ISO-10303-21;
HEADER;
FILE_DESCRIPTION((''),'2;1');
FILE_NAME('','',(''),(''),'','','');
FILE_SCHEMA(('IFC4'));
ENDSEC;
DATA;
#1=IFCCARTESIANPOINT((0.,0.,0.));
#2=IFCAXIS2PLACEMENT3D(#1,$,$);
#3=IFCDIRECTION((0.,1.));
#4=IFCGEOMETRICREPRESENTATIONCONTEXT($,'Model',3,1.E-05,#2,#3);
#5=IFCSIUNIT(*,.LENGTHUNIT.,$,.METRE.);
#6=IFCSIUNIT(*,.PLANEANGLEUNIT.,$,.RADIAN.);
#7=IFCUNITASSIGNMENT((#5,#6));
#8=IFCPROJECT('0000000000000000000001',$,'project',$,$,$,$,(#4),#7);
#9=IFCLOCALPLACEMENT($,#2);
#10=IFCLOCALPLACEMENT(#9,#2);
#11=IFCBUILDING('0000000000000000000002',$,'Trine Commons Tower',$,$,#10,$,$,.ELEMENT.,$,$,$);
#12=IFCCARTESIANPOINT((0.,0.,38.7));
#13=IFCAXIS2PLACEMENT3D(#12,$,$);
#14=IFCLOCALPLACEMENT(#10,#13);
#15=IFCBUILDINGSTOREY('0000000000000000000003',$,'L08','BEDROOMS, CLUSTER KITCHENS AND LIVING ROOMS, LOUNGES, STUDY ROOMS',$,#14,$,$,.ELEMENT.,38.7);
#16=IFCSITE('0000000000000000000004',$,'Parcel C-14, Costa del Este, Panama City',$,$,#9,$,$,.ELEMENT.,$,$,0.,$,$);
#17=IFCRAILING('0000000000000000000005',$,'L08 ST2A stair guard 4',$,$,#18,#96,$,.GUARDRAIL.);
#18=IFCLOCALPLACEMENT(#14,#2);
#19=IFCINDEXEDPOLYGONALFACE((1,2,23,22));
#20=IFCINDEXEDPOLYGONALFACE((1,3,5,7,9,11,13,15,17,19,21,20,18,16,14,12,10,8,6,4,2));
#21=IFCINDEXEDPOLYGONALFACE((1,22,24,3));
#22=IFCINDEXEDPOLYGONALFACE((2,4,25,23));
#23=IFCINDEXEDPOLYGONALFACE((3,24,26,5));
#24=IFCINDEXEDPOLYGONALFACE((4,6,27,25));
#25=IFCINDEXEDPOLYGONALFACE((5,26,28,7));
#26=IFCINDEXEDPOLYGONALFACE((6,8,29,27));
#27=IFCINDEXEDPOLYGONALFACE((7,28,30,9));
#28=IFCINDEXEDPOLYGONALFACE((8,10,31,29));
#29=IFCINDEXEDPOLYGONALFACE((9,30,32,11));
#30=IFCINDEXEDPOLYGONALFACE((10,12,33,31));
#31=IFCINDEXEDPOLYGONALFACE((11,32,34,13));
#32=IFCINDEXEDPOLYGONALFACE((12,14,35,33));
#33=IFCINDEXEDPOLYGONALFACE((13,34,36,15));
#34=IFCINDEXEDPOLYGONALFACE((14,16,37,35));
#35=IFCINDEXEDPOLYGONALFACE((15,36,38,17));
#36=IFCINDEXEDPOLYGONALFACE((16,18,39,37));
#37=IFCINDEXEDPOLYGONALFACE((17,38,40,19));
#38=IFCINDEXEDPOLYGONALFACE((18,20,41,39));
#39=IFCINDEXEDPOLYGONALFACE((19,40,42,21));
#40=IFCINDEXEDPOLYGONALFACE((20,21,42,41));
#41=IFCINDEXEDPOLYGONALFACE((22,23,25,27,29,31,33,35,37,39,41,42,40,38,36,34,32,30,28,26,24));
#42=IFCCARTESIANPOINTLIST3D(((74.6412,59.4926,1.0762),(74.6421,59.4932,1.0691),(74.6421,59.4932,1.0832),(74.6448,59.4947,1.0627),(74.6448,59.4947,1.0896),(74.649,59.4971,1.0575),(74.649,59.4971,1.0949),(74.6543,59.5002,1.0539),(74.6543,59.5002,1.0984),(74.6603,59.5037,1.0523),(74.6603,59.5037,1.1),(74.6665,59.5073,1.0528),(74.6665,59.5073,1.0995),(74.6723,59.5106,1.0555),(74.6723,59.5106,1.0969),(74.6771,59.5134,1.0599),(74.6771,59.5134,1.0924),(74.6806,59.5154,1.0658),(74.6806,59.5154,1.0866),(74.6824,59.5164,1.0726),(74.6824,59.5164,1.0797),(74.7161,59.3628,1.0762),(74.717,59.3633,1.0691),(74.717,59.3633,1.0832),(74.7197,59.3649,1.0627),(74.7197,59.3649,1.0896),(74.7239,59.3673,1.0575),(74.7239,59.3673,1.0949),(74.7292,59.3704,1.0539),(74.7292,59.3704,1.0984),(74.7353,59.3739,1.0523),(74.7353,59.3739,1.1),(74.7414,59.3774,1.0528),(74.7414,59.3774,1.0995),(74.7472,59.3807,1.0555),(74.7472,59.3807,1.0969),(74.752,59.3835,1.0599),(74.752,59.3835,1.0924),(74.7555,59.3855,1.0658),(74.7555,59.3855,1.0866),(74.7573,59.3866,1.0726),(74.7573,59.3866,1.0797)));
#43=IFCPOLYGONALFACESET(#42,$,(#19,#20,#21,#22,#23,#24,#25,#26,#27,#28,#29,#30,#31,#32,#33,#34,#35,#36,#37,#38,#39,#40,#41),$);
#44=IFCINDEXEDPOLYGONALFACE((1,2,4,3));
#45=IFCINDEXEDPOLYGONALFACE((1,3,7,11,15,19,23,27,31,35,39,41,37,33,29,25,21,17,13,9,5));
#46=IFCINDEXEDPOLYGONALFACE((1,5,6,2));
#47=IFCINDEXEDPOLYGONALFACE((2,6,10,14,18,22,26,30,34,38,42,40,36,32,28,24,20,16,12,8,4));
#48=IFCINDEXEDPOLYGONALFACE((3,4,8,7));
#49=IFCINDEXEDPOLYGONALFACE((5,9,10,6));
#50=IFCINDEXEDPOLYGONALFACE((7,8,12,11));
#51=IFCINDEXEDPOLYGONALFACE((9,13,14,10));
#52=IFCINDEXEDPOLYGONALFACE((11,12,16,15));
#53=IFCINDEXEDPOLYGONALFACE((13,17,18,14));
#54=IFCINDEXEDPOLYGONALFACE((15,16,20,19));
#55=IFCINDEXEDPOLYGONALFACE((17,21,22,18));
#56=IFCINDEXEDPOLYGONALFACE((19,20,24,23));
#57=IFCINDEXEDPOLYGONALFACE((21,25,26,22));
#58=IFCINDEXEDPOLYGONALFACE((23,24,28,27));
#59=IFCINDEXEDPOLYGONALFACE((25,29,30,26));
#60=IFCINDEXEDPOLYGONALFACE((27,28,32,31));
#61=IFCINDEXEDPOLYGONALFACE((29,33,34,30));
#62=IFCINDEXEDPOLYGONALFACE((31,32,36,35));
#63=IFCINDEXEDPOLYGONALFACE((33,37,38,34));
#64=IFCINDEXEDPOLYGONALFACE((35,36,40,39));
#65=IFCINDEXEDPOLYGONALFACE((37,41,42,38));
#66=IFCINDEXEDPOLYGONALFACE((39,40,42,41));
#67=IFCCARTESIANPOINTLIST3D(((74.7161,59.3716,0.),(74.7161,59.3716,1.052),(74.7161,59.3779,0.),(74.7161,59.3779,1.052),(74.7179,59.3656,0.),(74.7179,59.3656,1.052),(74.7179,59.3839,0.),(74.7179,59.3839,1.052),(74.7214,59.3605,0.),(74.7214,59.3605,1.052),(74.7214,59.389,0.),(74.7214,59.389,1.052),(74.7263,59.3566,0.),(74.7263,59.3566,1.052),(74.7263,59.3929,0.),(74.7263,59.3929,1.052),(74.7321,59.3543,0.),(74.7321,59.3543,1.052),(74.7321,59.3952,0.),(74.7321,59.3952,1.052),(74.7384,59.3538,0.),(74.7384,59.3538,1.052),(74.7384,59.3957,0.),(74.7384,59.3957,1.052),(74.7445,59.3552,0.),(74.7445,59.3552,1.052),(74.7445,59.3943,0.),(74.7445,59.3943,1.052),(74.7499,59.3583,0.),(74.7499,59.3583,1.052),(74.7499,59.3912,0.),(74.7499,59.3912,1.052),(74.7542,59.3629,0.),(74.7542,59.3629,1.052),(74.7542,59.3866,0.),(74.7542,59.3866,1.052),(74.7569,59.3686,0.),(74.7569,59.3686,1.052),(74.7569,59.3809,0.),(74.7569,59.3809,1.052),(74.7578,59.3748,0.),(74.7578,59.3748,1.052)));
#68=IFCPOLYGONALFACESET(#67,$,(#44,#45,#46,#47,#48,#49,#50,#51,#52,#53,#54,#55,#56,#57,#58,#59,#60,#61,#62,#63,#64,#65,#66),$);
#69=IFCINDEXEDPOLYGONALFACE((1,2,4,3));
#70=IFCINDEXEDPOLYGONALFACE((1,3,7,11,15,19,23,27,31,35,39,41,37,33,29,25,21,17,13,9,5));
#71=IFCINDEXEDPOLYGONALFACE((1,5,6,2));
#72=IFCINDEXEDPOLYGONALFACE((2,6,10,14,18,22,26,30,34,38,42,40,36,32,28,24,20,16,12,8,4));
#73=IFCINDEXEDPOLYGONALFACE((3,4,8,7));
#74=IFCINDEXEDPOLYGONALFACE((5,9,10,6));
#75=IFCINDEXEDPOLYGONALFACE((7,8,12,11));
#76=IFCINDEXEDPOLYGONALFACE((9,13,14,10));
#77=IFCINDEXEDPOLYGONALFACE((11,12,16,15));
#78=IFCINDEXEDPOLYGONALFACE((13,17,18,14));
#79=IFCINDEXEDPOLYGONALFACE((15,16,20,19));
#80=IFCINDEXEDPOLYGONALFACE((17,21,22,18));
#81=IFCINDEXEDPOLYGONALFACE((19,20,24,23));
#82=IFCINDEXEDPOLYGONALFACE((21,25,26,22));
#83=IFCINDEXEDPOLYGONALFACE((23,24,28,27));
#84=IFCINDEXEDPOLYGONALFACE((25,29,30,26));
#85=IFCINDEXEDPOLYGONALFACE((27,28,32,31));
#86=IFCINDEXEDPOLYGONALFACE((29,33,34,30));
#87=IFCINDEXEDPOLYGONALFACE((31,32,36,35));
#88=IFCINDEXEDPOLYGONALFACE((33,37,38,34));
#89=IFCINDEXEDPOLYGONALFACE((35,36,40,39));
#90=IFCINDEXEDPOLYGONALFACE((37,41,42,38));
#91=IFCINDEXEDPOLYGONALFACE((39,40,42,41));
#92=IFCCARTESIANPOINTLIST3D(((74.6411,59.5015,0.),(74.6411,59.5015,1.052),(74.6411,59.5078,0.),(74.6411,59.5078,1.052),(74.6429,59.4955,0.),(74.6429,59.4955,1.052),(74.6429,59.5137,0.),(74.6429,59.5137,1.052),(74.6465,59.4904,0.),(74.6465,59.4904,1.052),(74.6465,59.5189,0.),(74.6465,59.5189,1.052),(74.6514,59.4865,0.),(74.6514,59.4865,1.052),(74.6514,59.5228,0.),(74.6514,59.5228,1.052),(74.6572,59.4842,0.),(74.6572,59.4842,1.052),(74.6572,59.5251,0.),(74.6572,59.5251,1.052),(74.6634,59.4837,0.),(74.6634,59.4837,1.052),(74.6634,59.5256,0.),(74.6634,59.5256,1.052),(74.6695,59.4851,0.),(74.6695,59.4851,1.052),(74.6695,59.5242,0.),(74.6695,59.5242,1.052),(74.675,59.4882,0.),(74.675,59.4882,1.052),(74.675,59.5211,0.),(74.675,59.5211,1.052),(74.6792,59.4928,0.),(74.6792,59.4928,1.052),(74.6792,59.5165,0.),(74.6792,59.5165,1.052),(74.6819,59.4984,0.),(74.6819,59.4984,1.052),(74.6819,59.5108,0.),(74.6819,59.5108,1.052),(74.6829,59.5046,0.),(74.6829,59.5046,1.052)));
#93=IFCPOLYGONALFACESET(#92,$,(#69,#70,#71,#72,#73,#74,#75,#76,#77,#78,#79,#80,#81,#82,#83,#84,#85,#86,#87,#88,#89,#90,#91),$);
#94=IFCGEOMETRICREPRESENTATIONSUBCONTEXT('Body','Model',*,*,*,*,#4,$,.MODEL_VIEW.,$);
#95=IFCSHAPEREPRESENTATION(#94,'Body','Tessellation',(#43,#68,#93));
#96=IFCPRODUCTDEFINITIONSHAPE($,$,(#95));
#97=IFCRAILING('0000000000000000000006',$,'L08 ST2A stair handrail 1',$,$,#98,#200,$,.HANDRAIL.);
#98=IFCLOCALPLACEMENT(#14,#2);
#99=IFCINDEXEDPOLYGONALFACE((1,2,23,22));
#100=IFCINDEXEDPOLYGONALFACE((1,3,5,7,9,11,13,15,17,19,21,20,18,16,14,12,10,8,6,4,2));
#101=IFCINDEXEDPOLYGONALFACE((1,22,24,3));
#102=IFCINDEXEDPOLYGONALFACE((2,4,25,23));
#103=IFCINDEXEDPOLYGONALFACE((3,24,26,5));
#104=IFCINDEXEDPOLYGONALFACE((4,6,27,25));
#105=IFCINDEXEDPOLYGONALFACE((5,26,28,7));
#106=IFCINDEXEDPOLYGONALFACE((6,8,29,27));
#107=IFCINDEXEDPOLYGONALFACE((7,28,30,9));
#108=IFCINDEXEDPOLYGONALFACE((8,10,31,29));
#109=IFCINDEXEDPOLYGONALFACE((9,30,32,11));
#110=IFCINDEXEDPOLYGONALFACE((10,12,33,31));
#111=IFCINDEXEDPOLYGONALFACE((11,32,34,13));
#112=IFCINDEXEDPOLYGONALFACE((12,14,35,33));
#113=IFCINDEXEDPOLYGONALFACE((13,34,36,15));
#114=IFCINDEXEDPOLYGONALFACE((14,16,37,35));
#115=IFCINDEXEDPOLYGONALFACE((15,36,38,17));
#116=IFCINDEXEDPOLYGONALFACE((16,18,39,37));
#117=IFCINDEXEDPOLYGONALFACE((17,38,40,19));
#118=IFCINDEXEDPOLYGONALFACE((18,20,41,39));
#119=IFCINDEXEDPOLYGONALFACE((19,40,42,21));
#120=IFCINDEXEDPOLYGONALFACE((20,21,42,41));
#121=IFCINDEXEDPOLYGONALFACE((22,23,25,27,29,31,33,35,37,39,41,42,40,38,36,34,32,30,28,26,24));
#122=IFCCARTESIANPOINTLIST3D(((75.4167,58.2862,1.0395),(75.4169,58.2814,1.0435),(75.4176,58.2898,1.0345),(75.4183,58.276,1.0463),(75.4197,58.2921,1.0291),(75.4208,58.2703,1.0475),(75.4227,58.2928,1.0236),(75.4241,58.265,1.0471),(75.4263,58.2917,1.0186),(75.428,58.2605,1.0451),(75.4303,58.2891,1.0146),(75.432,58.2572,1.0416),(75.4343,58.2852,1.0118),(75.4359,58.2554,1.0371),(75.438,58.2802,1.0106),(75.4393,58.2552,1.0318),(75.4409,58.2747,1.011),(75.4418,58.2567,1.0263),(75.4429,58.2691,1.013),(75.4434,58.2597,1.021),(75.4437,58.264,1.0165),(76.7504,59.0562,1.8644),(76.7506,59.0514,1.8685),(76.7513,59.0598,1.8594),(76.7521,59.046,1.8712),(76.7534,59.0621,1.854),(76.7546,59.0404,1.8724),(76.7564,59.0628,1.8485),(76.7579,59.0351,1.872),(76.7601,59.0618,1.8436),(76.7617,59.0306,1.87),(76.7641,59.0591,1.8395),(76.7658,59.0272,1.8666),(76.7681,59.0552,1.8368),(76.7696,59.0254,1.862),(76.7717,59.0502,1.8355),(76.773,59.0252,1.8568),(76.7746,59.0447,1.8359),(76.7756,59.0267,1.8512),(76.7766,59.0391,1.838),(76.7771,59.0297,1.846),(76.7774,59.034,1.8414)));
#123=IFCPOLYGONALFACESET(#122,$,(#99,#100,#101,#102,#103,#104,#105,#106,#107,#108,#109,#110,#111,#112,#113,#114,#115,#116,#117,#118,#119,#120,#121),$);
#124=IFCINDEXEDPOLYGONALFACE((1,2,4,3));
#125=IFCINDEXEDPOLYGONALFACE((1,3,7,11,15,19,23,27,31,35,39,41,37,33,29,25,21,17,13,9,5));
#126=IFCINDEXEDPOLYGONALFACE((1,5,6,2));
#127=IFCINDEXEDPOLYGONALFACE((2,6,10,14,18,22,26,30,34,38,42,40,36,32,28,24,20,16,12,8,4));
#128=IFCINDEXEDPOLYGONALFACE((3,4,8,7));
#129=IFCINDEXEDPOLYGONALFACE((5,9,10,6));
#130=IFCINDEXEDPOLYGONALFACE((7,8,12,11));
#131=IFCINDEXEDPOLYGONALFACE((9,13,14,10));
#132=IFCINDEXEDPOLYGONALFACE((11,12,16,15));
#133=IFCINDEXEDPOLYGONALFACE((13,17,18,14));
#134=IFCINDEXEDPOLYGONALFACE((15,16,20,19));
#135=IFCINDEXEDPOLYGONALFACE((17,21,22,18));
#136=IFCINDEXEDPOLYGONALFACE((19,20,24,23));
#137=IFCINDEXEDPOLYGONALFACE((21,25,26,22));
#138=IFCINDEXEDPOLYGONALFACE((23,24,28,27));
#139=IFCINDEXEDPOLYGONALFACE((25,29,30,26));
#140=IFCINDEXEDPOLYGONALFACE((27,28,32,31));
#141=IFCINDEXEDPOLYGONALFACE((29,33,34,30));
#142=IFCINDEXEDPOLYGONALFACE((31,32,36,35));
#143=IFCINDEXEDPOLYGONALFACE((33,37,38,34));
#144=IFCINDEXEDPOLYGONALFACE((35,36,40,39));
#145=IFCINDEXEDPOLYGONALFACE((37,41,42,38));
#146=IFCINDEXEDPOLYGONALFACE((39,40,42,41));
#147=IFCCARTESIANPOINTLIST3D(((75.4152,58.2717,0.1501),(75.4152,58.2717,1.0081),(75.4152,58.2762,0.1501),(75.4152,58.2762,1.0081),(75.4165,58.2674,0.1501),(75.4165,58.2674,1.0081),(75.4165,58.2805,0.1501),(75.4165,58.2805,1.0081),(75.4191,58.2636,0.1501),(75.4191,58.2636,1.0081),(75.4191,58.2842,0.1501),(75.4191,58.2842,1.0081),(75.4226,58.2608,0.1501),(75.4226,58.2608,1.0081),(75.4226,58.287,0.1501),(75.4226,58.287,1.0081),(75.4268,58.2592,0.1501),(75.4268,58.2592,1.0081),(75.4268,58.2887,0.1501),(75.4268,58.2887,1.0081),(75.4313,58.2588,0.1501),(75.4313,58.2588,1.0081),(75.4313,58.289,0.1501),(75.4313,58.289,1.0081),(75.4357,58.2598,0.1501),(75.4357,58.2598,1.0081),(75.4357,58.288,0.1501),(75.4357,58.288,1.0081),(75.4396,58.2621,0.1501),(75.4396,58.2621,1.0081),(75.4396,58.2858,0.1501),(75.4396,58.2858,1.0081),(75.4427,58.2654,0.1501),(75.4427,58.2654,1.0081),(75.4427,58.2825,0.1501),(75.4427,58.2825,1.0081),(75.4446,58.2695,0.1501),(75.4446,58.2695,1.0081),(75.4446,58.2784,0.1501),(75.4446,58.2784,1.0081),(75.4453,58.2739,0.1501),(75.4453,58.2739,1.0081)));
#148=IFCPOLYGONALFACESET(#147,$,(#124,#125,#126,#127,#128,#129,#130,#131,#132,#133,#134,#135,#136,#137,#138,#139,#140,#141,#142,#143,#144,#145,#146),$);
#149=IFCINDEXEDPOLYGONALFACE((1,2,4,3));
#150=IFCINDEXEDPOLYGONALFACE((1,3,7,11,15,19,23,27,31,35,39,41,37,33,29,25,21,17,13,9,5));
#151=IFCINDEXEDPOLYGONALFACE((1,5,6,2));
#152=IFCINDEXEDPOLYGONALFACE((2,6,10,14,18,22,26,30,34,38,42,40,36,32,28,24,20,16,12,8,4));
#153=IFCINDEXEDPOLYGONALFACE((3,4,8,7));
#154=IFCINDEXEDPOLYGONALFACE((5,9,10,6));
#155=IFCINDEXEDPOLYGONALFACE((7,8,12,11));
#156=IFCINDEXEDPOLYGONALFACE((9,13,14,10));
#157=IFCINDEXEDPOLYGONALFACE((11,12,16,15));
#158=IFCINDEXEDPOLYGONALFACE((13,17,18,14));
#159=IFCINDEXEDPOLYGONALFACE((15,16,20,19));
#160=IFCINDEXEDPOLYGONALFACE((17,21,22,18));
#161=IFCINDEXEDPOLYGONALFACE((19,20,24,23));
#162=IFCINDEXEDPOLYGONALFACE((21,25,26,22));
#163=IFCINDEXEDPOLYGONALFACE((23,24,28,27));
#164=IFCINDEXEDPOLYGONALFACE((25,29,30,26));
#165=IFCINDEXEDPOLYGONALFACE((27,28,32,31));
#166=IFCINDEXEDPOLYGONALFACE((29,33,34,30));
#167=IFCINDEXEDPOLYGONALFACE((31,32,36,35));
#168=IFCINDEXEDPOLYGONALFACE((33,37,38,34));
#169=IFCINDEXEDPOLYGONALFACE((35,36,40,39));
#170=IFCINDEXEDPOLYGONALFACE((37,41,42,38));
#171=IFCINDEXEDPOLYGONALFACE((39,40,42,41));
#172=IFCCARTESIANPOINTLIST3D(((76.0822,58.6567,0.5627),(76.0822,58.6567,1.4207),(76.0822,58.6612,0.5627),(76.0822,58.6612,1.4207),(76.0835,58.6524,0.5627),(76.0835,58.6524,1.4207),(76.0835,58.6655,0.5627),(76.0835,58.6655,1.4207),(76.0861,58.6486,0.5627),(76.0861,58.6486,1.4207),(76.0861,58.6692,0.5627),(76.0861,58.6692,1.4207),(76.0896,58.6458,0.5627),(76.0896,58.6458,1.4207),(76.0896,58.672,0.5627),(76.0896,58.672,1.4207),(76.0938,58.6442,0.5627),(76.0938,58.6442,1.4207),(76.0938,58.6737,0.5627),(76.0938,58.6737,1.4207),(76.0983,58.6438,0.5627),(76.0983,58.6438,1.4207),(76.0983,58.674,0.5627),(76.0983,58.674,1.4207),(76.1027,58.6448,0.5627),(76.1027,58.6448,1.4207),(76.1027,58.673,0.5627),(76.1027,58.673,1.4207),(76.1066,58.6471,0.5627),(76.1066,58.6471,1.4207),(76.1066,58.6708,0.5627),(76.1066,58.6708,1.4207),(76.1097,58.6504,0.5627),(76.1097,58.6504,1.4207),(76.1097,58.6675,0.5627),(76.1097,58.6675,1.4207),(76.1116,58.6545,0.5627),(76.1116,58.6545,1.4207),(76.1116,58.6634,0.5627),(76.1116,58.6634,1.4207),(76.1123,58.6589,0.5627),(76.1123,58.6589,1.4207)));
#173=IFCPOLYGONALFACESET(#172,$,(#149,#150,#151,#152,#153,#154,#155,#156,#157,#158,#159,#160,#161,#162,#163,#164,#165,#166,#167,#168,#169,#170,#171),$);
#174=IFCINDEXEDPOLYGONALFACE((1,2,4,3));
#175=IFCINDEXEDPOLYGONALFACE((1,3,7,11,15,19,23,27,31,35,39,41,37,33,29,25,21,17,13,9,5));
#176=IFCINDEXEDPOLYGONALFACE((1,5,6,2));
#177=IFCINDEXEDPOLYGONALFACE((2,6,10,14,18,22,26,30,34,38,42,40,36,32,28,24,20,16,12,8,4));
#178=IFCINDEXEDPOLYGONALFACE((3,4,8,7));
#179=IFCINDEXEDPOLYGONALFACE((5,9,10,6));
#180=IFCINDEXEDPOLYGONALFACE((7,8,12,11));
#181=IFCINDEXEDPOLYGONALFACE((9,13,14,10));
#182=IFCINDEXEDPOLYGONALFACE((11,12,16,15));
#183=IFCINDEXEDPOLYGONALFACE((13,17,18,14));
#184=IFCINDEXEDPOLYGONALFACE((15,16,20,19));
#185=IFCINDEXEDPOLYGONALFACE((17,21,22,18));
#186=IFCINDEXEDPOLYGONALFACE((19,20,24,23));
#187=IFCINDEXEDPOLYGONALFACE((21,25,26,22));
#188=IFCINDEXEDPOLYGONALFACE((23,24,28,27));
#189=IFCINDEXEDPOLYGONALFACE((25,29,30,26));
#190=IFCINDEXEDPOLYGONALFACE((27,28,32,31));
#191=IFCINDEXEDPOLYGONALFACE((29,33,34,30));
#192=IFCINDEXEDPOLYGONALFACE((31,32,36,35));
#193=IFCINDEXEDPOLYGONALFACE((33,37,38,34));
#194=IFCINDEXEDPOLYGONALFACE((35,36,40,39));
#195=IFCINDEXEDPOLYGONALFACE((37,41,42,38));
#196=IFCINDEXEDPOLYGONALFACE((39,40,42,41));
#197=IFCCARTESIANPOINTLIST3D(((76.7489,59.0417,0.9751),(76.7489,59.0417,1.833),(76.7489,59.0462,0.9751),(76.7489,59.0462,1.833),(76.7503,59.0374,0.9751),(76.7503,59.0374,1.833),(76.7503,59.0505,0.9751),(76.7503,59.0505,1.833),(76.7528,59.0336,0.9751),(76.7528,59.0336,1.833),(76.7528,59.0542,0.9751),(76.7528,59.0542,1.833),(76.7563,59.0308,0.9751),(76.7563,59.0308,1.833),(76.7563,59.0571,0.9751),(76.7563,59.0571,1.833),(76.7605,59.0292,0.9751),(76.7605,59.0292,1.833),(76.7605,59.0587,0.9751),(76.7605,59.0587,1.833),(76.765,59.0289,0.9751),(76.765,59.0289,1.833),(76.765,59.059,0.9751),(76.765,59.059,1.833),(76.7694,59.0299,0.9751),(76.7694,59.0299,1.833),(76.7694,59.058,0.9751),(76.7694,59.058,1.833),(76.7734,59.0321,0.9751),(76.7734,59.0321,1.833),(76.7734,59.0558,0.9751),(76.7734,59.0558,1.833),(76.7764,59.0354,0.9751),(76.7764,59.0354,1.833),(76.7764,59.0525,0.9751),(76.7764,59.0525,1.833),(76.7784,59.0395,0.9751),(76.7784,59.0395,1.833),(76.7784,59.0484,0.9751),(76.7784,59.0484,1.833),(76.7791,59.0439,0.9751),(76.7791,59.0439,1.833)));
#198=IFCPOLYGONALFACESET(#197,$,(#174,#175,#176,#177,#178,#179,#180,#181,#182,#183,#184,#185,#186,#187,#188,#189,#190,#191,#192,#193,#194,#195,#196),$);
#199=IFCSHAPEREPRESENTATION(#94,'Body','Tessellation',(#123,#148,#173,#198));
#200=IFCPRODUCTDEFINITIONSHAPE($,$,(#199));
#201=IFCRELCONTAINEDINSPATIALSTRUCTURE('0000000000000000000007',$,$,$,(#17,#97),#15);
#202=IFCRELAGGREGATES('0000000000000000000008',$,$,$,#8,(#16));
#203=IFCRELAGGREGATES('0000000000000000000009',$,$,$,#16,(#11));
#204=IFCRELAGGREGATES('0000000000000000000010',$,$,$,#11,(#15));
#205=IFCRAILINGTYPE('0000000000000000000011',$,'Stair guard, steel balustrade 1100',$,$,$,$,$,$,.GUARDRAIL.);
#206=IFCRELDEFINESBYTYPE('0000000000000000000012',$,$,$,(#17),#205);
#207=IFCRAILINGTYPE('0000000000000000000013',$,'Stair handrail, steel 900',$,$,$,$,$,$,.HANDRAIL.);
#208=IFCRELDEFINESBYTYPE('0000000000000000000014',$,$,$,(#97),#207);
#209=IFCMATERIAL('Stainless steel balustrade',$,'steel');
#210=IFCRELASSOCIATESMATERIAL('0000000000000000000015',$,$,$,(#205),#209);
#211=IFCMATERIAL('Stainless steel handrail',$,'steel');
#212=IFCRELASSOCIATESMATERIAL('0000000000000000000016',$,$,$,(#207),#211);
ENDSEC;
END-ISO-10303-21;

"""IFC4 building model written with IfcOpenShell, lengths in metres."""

from ifc_helpers import new_model, si_unit, direction, frame, origin, origin_2d, place, context, subcontext, project, spatial, circle, extrude, material, type_object, element, save


model = new_model("IFC4")

# Units and contexts
model_context = context("Model", 3, precision=1e-05, world=origin(), true_north=direction((0.0, 1.0)))
body_context = subcontext(model_context, "Body", "Model", "MODEL_VIEW")
ifc_project = project(units=[si_unit("LENGTHUNIT", "METRE"), si_unit("PLANEANGLEUNIT", "RADIAN")], contexts=[model_context])

# Site, building, storey
site_placement = place(None, origin())
site = spatial("IfcSite", under=ifc_project, at=site_placement, Name="Parcel C-14, Costa del Este, Panama City", CompositionType="ELEMENT", RefElevation=0.0)
building_placement = place(site_placement, origin())
building = spatial("IfcBuilding", under=site, at=building_placement, Name="Trine Commons Tower", CompositionType="ELEMENT")
storey_placement = place(building_placement, frame((0.0, 0.0, 38.7)))
storey = spatial("IfcBuildingStorey", under=building, at=storey_placement, Name="L08", Description="BEDROOMS, CLUSTER KITCHENS AND LIVING ROOMS, LOUNGES, STUDY ROOMS", CompositionType="ELEMENT", Elevation=38.7)

# Railings
ifc_material_1 = material(Name="Stainless steel balustrade", Category="steel")
railing_type_1 = type_object("IfcRailingType", Name="Stair guard, steel balustrade 1100", PredefinedType="GUARDRAIL", material=ifc_material_1)
railing_1_placement = place(storey_placement, frame((74.7368, 59.3748, 0.0)))
element("IfcRailing", 1, at=railing_1_placement, inside=storey, type_object=railing_type_1, Name="L08 ST2A stair guard 4", PredefinedType="GUARDRAIL", context=body_context, shape_type="SweptSolid", body=[
    extrude(circle(Radius=0.0239, at=origin_2d()), frame((0.0, 0.0, 1.0762), z_axis=(-0.499816, 0.866131, 0.0), x_axis=(-0.866131, -0.499816, 0.0)), (0.0, 0.0, 1.0), 0.1499),
    extrude(circle(Radius=0.021, at=origin_2d()), origin(), (0.0, 0.0, 1.0), 1.052),
    extrude(circle(Radius=0.021, at=origin_2d()), frame((-0.075, 0.1299, 0.0)), (0.0, 0.0, 1.0), 1.052),
])
ifc_material_2 = material(Name="Stainless steel handrail", Category="steel")
railing_type_2 = type_object("IfcRailingType", Name="Stair handrail, steel 900", PredefinedType="HANDRAIL", material=ifc_material_2)
for number, where, name in (
    (2, (75.4302, 58.2739, 0.1501), "L08 ST2A stair handrail 1"),
):
    element("IfcRailing", number, at=place(storey_placement, frame(where)), inside=storey, type_object=railing_type_2, Name=name, PredefinedType="HANDRAIL", context=body_context, shape_type="SweptSolid", body=[
        extrude(circle(Radius=0.021, at=origin_2d()), frame((0.0, 0.0, 0.8789), z_axis=(0.763405, 0.440743, 0.472185), x_axis=(-0.499992, 0.86603, 0.0)), (0.0, 0.0, 1.0), 1.7471),
        extrude(circle(Radius=0.0151, at=origin_2d()), origin(), (0.0, 0.0, 1.0), 0.8579),
        extrude(circle(Radius=0.0151, at=origin_2d()), frame((0.667, 0.385, 0.4126)), (0.0, 0.0, 1.0), 0.8579),
        extrude(circle(Radius=0.0151, at=origin_2d()), frame((1.3337, 0.77, 0.825)), (0.0, 0.0, 1.0), 0.8579),
    ])

save(model, "model.ifc")
